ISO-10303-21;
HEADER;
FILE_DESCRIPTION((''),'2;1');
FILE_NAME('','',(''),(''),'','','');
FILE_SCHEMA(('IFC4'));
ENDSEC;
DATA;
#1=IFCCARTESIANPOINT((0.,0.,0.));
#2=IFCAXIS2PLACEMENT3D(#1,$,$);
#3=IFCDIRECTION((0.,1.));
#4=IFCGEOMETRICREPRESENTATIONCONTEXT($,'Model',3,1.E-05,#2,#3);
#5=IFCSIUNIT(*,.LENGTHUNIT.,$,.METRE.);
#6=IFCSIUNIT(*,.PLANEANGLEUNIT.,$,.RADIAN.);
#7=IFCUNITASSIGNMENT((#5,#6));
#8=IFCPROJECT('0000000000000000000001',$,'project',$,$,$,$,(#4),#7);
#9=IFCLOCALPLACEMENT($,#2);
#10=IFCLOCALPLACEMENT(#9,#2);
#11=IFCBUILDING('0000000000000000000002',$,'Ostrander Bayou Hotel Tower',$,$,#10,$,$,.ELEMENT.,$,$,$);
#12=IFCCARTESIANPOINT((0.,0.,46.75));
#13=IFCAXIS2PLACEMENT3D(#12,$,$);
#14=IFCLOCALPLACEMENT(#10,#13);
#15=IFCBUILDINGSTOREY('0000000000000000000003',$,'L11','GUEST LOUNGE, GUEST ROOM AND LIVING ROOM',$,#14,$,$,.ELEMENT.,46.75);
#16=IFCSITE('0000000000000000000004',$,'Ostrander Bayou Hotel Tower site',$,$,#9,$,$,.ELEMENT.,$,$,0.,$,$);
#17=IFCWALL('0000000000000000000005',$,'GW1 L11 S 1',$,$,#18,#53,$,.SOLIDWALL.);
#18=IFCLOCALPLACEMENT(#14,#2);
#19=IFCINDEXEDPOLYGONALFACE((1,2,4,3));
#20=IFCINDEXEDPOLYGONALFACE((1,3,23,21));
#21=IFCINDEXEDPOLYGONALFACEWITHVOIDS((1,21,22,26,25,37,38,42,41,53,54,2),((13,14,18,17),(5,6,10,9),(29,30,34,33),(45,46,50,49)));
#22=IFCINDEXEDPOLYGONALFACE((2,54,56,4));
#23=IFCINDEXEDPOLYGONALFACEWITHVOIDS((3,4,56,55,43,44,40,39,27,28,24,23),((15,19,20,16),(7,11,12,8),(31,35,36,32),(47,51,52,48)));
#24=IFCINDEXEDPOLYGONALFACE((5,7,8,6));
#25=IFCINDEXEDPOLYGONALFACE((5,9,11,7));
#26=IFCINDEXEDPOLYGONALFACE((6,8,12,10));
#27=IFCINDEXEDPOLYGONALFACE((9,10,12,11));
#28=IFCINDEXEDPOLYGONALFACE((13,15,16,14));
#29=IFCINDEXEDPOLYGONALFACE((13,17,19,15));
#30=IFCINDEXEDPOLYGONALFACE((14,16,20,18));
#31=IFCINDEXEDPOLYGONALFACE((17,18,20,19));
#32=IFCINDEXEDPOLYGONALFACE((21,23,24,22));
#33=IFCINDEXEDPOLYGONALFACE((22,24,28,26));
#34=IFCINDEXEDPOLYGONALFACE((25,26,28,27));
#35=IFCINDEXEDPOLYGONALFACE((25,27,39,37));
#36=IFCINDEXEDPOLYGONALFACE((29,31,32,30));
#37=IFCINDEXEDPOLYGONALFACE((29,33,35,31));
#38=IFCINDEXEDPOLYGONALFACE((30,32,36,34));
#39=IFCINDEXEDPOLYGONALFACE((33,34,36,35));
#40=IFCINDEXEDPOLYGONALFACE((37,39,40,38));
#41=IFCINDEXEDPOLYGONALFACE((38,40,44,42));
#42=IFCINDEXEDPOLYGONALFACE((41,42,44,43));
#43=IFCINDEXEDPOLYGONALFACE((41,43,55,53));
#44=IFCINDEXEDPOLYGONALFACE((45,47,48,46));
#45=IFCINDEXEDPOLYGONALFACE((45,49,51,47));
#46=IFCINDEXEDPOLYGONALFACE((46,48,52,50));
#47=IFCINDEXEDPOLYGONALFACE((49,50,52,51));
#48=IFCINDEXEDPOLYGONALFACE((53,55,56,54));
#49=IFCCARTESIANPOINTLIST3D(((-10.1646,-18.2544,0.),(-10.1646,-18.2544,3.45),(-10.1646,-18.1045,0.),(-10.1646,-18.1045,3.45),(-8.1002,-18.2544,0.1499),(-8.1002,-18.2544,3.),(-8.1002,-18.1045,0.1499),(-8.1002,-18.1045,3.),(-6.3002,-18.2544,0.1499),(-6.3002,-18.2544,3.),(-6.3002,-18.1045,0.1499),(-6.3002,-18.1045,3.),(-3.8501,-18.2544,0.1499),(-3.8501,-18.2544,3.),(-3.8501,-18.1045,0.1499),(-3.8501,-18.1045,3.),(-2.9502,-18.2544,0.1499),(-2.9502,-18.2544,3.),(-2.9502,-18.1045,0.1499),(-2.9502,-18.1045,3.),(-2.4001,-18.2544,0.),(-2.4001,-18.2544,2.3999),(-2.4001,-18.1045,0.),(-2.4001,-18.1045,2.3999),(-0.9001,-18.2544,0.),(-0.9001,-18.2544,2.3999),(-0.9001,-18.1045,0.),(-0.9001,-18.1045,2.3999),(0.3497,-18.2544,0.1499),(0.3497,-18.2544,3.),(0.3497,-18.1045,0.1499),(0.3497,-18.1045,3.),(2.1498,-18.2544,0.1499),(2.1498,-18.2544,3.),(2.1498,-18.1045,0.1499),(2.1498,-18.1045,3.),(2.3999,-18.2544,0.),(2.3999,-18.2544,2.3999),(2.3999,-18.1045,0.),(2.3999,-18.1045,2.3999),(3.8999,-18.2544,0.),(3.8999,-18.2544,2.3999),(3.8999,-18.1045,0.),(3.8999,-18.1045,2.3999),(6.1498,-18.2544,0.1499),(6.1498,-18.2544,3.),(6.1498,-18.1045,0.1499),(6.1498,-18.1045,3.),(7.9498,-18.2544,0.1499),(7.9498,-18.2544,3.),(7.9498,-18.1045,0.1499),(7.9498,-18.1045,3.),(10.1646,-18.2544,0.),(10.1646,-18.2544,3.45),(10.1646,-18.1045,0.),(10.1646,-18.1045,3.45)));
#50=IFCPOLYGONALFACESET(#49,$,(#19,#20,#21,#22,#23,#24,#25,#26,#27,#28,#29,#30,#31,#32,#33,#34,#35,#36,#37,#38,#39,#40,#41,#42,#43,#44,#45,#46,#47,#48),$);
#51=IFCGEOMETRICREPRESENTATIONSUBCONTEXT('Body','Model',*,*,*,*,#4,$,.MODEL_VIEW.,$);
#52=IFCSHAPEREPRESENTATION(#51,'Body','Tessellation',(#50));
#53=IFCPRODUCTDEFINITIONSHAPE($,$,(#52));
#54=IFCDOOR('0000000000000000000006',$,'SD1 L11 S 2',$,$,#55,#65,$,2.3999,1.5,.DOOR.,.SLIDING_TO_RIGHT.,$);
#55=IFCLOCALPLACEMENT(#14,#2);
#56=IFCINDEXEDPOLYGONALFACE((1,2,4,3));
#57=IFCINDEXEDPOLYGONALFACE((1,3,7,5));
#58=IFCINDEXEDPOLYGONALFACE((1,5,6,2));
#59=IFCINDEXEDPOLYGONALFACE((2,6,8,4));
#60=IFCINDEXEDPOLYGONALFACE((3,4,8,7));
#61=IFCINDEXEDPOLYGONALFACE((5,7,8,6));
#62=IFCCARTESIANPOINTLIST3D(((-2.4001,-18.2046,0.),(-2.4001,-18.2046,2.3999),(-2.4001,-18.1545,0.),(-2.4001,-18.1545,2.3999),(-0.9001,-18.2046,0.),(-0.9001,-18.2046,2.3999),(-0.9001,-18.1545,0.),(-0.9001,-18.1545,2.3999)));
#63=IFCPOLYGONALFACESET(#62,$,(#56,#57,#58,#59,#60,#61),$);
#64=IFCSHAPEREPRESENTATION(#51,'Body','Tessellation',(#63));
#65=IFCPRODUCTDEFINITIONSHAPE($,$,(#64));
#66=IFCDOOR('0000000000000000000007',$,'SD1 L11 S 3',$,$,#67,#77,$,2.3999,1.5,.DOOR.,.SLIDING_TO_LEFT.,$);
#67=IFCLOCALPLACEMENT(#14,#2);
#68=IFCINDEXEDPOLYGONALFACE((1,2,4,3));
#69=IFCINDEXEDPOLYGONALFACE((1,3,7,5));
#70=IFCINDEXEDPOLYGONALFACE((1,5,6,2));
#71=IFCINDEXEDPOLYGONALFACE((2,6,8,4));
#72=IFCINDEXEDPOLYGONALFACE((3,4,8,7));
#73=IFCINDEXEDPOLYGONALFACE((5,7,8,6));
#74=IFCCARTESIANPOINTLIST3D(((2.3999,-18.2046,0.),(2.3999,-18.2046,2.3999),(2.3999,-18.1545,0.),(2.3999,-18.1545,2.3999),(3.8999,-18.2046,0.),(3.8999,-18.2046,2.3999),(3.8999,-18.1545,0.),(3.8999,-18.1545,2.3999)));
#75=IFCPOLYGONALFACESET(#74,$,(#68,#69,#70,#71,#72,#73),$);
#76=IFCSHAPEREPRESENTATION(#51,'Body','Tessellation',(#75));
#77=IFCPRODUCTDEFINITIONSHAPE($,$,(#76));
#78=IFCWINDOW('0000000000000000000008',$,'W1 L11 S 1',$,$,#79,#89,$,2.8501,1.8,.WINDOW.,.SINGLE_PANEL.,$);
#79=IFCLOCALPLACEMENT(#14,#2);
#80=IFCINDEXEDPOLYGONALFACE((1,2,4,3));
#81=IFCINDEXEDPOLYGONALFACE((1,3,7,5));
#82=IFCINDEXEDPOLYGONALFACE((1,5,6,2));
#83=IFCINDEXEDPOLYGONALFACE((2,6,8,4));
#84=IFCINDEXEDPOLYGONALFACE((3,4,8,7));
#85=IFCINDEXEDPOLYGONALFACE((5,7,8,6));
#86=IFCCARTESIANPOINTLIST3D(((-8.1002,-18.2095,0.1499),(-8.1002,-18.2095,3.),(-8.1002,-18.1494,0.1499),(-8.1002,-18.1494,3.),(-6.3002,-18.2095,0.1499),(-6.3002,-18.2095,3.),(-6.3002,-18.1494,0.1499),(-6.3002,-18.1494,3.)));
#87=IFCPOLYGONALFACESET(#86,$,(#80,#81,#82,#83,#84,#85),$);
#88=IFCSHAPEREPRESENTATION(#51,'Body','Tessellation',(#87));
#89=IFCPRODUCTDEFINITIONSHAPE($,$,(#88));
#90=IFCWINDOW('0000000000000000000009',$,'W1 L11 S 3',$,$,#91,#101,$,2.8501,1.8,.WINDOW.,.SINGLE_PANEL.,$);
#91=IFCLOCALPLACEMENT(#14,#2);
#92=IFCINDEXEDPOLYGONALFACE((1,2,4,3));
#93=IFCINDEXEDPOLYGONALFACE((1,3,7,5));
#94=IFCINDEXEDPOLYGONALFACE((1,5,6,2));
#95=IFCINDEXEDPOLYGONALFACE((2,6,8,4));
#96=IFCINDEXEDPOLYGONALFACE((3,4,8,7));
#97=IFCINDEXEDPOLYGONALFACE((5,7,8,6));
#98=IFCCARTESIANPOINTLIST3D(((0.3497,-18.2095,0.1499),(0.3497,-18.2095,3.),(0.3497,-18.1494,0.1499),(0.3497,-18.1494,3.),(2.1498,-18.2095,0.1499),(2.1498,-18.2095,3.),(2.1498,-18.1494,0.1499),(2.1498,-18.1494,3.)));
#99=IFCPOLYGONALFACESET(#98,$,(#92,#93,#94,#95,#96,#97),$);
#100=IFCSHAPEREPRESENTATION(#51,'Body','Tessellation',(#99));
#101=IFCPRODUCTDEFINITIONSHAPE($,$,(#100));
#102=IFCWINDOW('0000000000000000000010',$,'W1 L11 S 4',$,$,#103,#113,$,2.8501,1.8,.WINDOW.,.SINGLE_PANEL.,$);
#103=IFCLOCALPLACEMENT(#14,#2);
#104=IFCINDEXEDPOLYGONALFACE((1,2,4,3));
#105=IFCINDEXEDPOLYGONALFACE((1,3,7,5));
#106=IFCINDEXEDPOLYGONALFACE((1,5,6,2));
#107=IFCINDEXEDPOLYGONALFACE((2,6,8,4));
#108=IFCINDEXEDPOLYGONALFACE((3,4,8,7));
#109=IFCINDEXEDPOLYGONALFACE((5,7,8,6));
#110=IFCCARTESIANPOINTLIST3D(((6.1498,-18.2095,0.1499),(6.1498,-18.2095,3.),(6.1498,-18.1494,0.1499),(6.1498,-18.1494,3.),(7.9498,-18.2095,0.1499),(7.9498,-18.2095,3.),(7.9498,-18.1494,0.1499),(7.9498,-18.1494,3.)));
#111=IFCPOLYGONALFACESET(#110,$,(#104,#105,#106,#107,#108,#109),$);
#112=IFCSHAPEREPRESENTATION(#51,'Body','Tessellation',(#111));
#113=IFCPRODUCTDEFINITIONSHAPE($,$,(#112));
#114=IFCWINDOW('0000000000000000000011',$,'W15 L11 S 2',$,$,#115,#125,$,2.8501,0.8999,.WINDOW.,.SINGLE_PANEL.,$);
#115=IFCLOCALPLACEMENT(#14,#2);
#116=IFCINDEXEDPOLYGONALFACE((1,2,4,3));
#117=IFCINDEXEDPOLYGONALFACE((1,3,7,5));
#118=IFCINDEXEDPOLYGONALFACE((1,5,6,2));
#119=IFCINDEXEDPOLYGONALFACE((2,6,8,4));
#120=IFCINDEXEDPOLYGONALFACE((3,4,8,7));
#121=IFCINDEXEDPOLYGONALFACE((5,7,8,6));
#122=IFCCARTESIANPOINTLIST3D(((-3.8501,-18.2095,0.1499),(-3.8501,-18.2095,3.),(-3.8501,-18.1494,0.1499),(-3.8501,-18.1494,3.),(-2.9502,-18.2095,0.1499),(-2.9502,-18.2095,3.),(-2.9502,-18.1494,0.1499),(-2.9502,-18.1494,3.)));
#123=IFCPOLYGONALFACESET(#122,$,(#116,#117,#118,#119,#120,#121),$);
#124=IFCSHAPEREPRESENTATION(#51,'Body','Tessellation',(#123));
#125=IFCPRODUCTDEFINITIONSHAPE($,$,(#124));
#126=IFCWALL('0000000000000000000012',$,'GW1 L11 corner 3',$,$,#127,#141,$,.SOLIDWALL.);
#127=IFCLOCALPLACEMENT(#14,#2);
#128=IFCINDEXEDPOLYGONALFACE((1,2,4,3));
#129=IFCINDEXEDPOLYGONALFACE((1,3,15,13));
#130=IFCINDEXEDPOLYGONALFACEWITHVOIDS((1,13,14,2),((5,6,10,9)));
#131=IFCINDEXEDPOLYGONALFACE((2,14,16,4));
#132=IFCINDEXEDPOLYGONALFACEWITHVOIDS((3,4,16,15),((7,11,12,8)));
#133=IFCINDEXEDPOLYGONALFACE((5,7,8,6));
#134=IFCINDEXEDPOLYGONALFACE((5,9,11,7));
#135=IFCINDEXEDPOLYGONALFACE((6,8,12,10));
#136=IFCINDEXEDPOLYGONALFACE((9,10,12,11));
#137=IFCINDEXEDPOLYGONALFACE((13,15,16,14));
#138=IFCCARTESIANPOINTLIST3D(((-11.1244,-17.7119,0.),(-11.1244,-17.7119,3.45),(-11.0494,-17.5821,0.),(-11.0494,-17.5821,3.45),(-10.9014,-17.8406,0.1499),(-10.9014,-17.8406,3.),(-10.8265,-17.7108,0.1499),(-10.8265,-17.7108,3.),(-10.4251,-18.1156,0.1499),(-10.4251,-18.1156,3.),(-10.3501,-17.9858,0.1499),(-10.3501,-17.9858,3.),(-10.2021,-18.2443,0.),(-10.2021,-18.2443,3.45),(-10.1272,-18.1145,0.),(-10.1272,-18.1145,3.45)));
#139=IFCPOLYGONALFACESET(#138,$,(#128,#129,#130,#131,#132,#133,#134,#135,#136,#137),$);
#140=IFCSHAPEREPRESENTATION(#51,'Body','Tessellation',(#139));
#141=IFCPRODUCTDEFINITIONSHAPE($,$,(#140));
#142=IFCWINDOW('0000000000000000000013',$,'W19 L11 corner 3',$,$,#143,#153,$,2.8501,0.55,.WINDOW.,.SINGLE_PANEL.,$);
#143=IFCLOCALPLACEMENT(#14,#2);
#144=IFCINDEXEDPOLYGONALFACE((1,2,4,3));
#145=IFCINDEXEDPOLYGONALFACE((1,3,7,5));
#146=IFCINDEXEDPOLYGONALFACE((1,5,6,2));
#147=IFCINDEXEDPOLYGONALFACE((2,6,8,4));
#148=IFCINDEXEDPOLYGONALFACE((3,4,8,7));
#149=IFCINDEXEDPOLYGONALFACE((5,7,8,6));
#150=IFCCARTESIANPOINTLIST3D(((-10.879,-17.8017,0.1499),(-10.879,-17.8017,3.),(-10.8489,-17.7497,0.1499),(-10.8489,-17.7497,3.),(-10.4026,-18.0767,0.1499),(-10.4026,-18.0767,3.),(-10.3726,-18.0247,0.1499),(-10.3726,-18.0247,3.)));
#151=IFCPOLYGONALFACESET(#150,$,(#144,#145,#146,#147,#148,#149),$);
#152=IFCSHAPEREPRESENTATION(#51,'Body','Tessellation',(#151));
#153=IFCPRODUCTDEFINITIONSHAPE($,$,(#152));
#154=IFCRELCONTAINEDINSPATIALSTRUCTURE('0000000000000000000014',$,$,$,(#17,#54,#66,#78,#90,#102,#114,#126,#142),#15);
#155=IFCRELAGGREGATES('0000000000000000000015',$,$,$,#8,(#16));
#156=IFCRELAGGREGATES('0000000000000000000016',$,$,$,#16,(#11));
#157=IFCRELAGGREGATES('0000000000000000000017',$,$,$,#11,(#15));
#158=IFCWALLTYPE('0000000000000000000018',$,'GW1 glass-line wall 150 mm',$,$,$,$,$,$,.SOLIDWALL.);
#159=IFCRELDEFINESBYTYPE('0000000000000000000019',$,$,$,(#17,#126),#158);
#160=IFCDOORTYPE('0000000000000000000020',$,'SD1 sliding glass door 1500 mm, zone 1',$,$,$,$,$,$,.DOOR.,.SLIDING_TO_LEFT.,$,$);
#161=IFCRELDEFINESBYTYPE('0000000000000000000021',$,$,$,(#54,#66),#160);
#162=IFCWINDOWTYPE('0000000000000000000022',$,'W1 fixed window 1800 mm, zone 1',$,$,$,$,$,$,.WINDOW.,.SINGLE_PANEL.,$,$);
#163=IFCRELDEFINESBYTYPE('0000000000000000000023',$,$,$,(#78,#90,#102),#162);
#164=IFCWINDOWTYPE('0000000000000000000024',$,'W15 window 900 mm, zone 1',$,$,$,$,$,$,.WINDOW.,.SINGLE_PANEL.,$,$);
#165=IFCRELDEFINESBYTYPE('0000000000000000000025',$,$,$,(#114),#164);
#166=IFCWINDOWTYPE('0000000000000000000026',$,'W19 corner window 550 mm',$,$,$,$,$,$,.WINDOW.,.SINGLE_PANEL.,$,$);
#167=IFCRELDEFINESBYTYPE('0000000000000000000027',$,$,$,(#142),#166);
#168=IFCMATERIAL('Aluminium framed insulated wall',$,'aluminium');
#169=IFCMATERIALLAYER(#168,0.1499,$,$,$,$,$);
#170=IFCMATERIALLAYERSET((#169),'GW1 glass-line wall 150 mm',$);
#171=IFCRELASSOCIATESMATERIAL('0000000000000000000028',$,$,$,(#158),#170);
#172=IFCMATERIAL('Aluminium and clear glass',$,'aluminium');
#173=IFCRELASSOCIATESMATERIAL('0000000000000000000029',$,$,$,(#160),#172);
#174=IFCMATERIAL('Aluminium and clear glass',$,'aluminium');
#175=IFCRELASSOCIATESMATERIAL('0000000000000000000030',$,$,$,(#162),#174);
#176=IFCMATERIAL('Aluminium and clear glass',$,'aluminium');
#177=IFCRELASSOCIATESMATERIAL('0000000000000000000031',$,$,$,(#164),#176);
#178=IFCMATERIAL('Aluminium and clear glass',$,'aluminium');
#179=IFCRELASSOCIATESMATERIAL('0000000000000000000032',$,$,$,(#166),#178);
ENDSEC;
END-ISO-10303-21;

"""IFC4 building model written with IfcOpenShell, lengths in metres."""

from ifc_helpers import new_model, si_unit, direction, frame, frame_2d, origin, place, context, subcontext, project, spatial, rectangle, extrude, material, layer, layer_set, type_object, element, fill, save


model = new_model("IFC4")

# Units and contexts
model_context = context("Model", 3, precision=1e-05, world=origin(), true_north=direction((0.0, 1.0)))
body_context = subcontext(model_context, "Body", "Model", "MODEL_VIEW")
ifc_project = project(units=[si_unit("LENGTHUNIT", "METRE"), si_unit("PLANEANGLEUNIT", "RADIAN")], contexts=[model_context])

# Site, building, storey
site_placement = place(None, origin())
site = spatial("IfcSite", under=ifc_project, at=site_placement, Name="Ostrander Bayou Hotel Tower site", CompositionType="ELEMENT", RefElevation=0.0)
building_placement = place(site_placement, origin())
building = spatial("IfcBuilding", under=site, at=building_placement, Name="Ostrander Bayou Hotel Tower", CompositionType="ELEMENT")
storey_placement = place(building_placement, frame((0.0, 0.0, 46.75)))
storey = spatial("IfcBuildingStorey", under=building, at=storey_placement, Name="L11", Description="GUEST LOUNGE, GUEST ROOM AND LIVING ROOM", CompositionType="ELEMENT", Elevation=46.75)

# Wall, openings, doors, windows
ifc_material_1 = material(Name="Aluminium framed insulated wall", Category="aluminium")
ifc_layer_1 = layer(ifc_material_1, 0.1499)
ifc_layer_set_1 = layer_set([ifc_layer_1], Name="GW1 glass-line wall 150 mm")
wall_type_1 = type_object("IfcWallType", Name="GW1 glass-line wall 150 mm", PredefinedType="SOLIDWALL", material=ifc_layer_set_1)
wall_1_placement = place(storey_placement, frame((-10.1646, -18.1794, 0.0), z_axis=(0.0, 0.0, 1.0), x_axis=(1.0, 0.0, 0.0)))
wall_1 = element("IfcWall", 1, at=wall_1_placement, inside=storey, type_object=wall_type_1, Name="GW1 L11 S 1", PredefinedType="SOLIDWALL", context=body_context, shape_type="SweptSolid", body=[
    extrude(rectangle(XDim=20.3291, YDim=0.1499, at=frame_2d((10.1646, 0.0))), origin(), (0.0, 0.0, 1.0), 3.45),
])
opening_1_placement = place(wall_1_placement, frame((2.0645, 0.0, 0.1499)))
opening_1 = element("IfcOpeningElement", 2, at=opening_1_placement, cuts=wall_1, PredefinedType="OPENING", context=body_context, shape_type="SweptSolid", body=[
    extrude(rectangle(XDim=1.8, YDim=2.8501, at=frame_2d((0.8999, 1.425))), frame((0.0, 0.075, 0.0), z_axis=(0.0, -1.0, 0.0), x_axis=(1.0, 0.0, 0.0)), (0.0, 0.0, 1.0), 0.1499),
])
opening_2_placement = place(wall_1_placement, frame((6.3145, 0.0, 0.1499)))
opening_2 = element("IfcOpeningElement", 3, at=opening_2_placement, cuts=wall_1, PredefinedType="OPENING", context=body_context, shape_type="SweptSolid", body=[
    extrude(rectangle(XDim=0.8999, YDim=2.8501, at=frame_2d((0.45, 1.425))), frame((0.0, 0.075, 0.0), z_axis=(0.0, -1.0, 0.0), x_axis=(1.0, 0.0, 0.0)), (0.0, 0.0, 1.0), 0.1499),
])
opening_3_placement = place(wall_1_placement, frame((7.7644, 0.0, 0.0)))
opening_3 = element("IfcOpeningElement", 4, at=opening_3_placement, cuts=wall_1, PredefinedType="OPENING", context=body_context, shape_type="SweptSolid", body=[
    extrude(rectangle(XDim=1.5, YDim=2.3999, at=frame_2d((0.75, 1.2))), frame((0.0, 0.075, 0.0), z_axis=(0.0, -1.0, 0.0), x_axis=(1.0, 0.0, 0.0)), (0.0, 0.0, 1.0), 0.1499),
])
opening_4_placement = place(wall_1_placement, frame((10.5144, 0.0, 0.1499)))
opening_4 = element("IfcOpeningElement", 5, at=opening_4_placement, cuts=wall_1, PredefinedType="OPENING", context=body_context, shape_type="SweptSolid", body=[
    extrude(rectangle(XDim=1.8, YDim=2.8501, at=frame_2d((0.8999, 1.425))), frame((0.0, 0.075, 0.0), z_axis=(0.0, -1.0, 0.0), x_axis=(1.0, 0.0, 0.0)), (0.0, 0.0, 1.0), 0.1499),
])
opening_5_placement = place(wall_1_placement, frame((12.5645, 0.0, 0.0)))
opening_5 = element("IfcOpeningElement", 6, at=opening_5_placement, cuts=wall_1, PredefinedType="OPENING", context=body_context, shape_type="SweptSolid", body=[
    extrude(rectangle(XDim=1.5, YDim=2.3999, at=frame_2d((0.75, 1.2))), frame((0.0, 0.075, 0.0), z_axis=(0.0, -1.0, 0.0), x_axis=(1.0, 0.0, 0.0)), (0.0, 0.0, 1.0), 0.1499),
])
opening_6_placement = place(wall_1_placement, frame((16.3145, 0.0, 0.1499)))
opening_6 = element("IfcOpeningElement", 7, at=opening_6_placement, cuts=wall_1, PredefinedType="OPENING", context=body_context, shape_type="SweptSolid", body=[
    extrude(rectangle(XDim=1.8, YDim=2.8501, at=frame_2d((0.8999, 1.425))), frame((0.0, 0.075, 0.0), z_axis=(0.0, -1.0, 0.0), x_axis=(1.0, 0.0, 0.0)), (0.0, 0.0, 1.0), 0.1499),
])
ifc_material_2 = material(Name="Aluminium and clear glass", Category="aluminium")
door_type_1 = type_object("IfcDoorType", Name="SD1 sliding glass door 1500 mm, zone 1", OperationType="SLIDING_TO_LEFT", PredefinedType="DOOR", material=ifc_material_2)
door_1_placement = place(opening_3_placement, origin())
door_1 = element("IfcDoor", 8, at=door_1_placement, inside=storey, type_object=door_type_1, Name="SD1 L11 S 2", OperationType="SLIDING_TO_RIGHT", OverallHeight=2.3999, OverallWidth=1.5, PredefinedType="DOOR", context=body_context, shape_type="SweptSolid", body=[
    extrude(rectangle(XDim=1.5, YDim=2.3999, at=frame_2d((0.75, 1.2))), frame((0.0, 0.0249, 0.0), z_axis=(0.0, -1.0, 0.0), x_axis=(1.0, 0.0, 0.0)), (0.0, 0.0, 1.0), 0.05),
])
fill(opening_3, door_1)
door_2_placement = place(opening_5_placement, origin())
door_2 = element("IfcDoor", 9, at=door_2_placement, inside=storey, type_object=door_type_1, Name="SD1 L11 S 3", OperationType="SLIDING_TO_LEFT", OverallHeight=2.3999, OverallWidth=1.5, PredefinedType="DOOR", context=body_context, shape_type="SweptSolid", body=[
    extrude(rectangle(XDim=1.5, YDim=2.3999, at=frame_2d((0.75, 1.2))), frame((0.0, 0.0249, 0.0), z_axis=(0.0, -1.0, 0.0), x_axis=(1.0, 0.0, 0.0)), (0.0, 0.0, 1.0), 0.05),
])
fill(opening_5, door_2)
ifc_material_3 = material(Name="Aluminium and clear glass", Category="aluminium")
window_type_1 = type_object("IfcWindowType", Name="W1 fixed window 1800 mm, zone 1", PartitioningType="SINGLE_PANEL", PredefinedType="WINDOW", material=ifc_material_3)
window_1_placement = place(opening_1_placement, origin())
window_1 = element("IfcWindow", 10, at=window_1_placement, inside=storey, type_object=window_type_1, Name="W1 L11 S 1", OverallHeight=2.8501, OverallWidth=1.8, PartitioningType="SINGLE_PANEL", PredefinedType="WINDOW", context=body_context, shape_type="SweptSolid", body=[
    extrude(rectangle(XDim=1.8, YDim=2.8501, at=frame_2d((0.8999, 1.425))), frame((0.0, 0.03, 0.0), z_axis=(0.0, -1.0, 0.0), x_axis=(1.0, 0.0, 0.0)), (0.0, 0.0, 1.0), 0.0601),
])
fill(opening_1, window_1)
window_2_placement = place(opening_4_placement, origin())
window_2 = element("IfcWindow", 11, at=window_2_placement, inside=storey, type_object=window_type_1, Name="W1 L11 S 3", OverallHeight=2.8501, OverallWidth=1.8, PartitioningType="SINGLE_PANEL", PredefinedType="WINDOW", context=body_context, shape_type="SweptSolid", body=[
    extrude(rectangle(XDim=1.8, YDim=2.8501, at=frame_2d((0.8999, 1.425))), frame((0.0, 0.03, 0.0), z_axis=(0.0, -1.0, 0.0), x_axis=(1.0, 0.0, 0.0)), (0.0, 0.0, 1.0), 0.0601),
])
fill(opening_4, window_2)
window_3_placement = place(opening_6_placement, origin())
window_3 = element("IfcWindow", 12, at=window_3_placement, inside=storey, type_object=window_type_1, Name="W1 L11 S 4", OverallHeight=2.8501, OverallWidth=1.8, PartitioningType="SINGLE_PANEL", PredefinedType="WINDOW", context=body_context, shape_type="SweptSolid", body=[
    extrude(rectangle(XDim=1.8, YDim=2.8501, at=frame_2d((0.8999, 1.425))), frame((0.0, 0.03, 0.0), z_axis=(0.0, -1.0, 0.0), x_axis=(1.0, 0.0, 0.0)), (0.0, 0.0, 1.0), 0.0601),
])
fill(opening_6, window_3)
ifc_material_4 = material(Name="Aluminium and clear glass", Category="aluminium")
window_type_2 = type_object("IfcWindowType", Name="W15 window 900 mm, zone 1", PartitioningType="SINGLE_PANEL", PredefinedType="WINDOW", material=ifc_material_4)
window_4_placement = place(opening_2_placement, origin())
window_4 = element("IfcWindow", 13, at=window_4_placement, inside=storey, type_object=window_type_2, Name="W15 L11 S 2", OverallHeight=2.8501, OverallWidth=0.8999, PartitioningType="SINGLE_PANEL", PredefinedType="WINDOW", context=body_context, shape_type="SweptSolid", body=[
    extrude(rectangle(XDim=0.8999, YDim=2.8501, at=frame_2d((0.45, 1.425))), frame((0.0, 0.03, 0.0), z_axis=(0.0, -1.0, 0.0), x_axis=(1.0, 0.0, 0.0)), (0.0, 0.0, 1.0), 0.0601),
])
fill(opening_2, window_4)

# Wall, opening, window
wall_2_placement = place(storey_placement, frame((-11.0869, -17.647, 0.0), z_axis=(0.0, 0.0, 1.0), x_axis=(0.866048, -0.499961, 0.0)))
wall_2 = element("IfcWall", 14, at=wall_2_placement, inside=storey, type_object=wall_type_1, Name="GW1 L11 corner 3", PredefinedType="SOLIDWALL", context=body_context, shape_type="SweptSolid", body=[
    extrude(rectangle(XDim=1.0649, YDim=0.1499, at=frame_2d((0.5325, 0.0))), origin(), (0.0, 0.0, 1.0), 3.45),
])
opening_7_placement = place(wall_2_placement, frame((0.2576, 0.0, 0.1499)))
opening_7 = element("IfcOpeningElement", 15, at=opening_7_placement, cuts=wall_2, PredefinedType="OPENING", context=body_context, shape_type="SweptSolid", body=[
    extrude(rectangle(XDim=0.55, YDim=2.8501, at=frame_2d((0.2749, 1.425))), frame((0.0, 0.075, 0.0), z_axis=(0.0, -1.0, 0.0), x_axis=(1.0, 0.0, 0.0)), (0.0, 0.0, 1.0), 0.1499),
])
ifc_material_5 = material(Name="Aluminium and clear glass", Category="aluminium")
window_type_3 = type_object("IfcWindowType", Name="W19 corner window 550 mm", PartitioningType="SINGLE_PANEL", PredefinedType="WINDOW", material=ifc_material_5)
window_5_placement = place(opening_7_placement, origin())
window_5 = element("IfcWindow", 16, at=window_5_placement, inside=storey, type_object=window_type_3, Name="W19 L11 corner 3", OverallHeight=2.8501, OverallWidth=0.55, PartitioningType="SINGLE_PANEL", PredefinedType="WINDOW", context=body_context, shape_type="SweptSolid", body=[
    extrude(rectangle(XDim=0.55, YDim=2.8501, at=frame_2d((0.2749, 1.425))), frame((0.0, 0.03, 0.0), z_axis=(0.0, -1.0, 0.0), x_axis=(1.0, 0.0, 0.0)), (0.0, 0.0, 1.0), 0.0601),
])
fill(opening_7, window_5)

save(model, "model.ifc")
